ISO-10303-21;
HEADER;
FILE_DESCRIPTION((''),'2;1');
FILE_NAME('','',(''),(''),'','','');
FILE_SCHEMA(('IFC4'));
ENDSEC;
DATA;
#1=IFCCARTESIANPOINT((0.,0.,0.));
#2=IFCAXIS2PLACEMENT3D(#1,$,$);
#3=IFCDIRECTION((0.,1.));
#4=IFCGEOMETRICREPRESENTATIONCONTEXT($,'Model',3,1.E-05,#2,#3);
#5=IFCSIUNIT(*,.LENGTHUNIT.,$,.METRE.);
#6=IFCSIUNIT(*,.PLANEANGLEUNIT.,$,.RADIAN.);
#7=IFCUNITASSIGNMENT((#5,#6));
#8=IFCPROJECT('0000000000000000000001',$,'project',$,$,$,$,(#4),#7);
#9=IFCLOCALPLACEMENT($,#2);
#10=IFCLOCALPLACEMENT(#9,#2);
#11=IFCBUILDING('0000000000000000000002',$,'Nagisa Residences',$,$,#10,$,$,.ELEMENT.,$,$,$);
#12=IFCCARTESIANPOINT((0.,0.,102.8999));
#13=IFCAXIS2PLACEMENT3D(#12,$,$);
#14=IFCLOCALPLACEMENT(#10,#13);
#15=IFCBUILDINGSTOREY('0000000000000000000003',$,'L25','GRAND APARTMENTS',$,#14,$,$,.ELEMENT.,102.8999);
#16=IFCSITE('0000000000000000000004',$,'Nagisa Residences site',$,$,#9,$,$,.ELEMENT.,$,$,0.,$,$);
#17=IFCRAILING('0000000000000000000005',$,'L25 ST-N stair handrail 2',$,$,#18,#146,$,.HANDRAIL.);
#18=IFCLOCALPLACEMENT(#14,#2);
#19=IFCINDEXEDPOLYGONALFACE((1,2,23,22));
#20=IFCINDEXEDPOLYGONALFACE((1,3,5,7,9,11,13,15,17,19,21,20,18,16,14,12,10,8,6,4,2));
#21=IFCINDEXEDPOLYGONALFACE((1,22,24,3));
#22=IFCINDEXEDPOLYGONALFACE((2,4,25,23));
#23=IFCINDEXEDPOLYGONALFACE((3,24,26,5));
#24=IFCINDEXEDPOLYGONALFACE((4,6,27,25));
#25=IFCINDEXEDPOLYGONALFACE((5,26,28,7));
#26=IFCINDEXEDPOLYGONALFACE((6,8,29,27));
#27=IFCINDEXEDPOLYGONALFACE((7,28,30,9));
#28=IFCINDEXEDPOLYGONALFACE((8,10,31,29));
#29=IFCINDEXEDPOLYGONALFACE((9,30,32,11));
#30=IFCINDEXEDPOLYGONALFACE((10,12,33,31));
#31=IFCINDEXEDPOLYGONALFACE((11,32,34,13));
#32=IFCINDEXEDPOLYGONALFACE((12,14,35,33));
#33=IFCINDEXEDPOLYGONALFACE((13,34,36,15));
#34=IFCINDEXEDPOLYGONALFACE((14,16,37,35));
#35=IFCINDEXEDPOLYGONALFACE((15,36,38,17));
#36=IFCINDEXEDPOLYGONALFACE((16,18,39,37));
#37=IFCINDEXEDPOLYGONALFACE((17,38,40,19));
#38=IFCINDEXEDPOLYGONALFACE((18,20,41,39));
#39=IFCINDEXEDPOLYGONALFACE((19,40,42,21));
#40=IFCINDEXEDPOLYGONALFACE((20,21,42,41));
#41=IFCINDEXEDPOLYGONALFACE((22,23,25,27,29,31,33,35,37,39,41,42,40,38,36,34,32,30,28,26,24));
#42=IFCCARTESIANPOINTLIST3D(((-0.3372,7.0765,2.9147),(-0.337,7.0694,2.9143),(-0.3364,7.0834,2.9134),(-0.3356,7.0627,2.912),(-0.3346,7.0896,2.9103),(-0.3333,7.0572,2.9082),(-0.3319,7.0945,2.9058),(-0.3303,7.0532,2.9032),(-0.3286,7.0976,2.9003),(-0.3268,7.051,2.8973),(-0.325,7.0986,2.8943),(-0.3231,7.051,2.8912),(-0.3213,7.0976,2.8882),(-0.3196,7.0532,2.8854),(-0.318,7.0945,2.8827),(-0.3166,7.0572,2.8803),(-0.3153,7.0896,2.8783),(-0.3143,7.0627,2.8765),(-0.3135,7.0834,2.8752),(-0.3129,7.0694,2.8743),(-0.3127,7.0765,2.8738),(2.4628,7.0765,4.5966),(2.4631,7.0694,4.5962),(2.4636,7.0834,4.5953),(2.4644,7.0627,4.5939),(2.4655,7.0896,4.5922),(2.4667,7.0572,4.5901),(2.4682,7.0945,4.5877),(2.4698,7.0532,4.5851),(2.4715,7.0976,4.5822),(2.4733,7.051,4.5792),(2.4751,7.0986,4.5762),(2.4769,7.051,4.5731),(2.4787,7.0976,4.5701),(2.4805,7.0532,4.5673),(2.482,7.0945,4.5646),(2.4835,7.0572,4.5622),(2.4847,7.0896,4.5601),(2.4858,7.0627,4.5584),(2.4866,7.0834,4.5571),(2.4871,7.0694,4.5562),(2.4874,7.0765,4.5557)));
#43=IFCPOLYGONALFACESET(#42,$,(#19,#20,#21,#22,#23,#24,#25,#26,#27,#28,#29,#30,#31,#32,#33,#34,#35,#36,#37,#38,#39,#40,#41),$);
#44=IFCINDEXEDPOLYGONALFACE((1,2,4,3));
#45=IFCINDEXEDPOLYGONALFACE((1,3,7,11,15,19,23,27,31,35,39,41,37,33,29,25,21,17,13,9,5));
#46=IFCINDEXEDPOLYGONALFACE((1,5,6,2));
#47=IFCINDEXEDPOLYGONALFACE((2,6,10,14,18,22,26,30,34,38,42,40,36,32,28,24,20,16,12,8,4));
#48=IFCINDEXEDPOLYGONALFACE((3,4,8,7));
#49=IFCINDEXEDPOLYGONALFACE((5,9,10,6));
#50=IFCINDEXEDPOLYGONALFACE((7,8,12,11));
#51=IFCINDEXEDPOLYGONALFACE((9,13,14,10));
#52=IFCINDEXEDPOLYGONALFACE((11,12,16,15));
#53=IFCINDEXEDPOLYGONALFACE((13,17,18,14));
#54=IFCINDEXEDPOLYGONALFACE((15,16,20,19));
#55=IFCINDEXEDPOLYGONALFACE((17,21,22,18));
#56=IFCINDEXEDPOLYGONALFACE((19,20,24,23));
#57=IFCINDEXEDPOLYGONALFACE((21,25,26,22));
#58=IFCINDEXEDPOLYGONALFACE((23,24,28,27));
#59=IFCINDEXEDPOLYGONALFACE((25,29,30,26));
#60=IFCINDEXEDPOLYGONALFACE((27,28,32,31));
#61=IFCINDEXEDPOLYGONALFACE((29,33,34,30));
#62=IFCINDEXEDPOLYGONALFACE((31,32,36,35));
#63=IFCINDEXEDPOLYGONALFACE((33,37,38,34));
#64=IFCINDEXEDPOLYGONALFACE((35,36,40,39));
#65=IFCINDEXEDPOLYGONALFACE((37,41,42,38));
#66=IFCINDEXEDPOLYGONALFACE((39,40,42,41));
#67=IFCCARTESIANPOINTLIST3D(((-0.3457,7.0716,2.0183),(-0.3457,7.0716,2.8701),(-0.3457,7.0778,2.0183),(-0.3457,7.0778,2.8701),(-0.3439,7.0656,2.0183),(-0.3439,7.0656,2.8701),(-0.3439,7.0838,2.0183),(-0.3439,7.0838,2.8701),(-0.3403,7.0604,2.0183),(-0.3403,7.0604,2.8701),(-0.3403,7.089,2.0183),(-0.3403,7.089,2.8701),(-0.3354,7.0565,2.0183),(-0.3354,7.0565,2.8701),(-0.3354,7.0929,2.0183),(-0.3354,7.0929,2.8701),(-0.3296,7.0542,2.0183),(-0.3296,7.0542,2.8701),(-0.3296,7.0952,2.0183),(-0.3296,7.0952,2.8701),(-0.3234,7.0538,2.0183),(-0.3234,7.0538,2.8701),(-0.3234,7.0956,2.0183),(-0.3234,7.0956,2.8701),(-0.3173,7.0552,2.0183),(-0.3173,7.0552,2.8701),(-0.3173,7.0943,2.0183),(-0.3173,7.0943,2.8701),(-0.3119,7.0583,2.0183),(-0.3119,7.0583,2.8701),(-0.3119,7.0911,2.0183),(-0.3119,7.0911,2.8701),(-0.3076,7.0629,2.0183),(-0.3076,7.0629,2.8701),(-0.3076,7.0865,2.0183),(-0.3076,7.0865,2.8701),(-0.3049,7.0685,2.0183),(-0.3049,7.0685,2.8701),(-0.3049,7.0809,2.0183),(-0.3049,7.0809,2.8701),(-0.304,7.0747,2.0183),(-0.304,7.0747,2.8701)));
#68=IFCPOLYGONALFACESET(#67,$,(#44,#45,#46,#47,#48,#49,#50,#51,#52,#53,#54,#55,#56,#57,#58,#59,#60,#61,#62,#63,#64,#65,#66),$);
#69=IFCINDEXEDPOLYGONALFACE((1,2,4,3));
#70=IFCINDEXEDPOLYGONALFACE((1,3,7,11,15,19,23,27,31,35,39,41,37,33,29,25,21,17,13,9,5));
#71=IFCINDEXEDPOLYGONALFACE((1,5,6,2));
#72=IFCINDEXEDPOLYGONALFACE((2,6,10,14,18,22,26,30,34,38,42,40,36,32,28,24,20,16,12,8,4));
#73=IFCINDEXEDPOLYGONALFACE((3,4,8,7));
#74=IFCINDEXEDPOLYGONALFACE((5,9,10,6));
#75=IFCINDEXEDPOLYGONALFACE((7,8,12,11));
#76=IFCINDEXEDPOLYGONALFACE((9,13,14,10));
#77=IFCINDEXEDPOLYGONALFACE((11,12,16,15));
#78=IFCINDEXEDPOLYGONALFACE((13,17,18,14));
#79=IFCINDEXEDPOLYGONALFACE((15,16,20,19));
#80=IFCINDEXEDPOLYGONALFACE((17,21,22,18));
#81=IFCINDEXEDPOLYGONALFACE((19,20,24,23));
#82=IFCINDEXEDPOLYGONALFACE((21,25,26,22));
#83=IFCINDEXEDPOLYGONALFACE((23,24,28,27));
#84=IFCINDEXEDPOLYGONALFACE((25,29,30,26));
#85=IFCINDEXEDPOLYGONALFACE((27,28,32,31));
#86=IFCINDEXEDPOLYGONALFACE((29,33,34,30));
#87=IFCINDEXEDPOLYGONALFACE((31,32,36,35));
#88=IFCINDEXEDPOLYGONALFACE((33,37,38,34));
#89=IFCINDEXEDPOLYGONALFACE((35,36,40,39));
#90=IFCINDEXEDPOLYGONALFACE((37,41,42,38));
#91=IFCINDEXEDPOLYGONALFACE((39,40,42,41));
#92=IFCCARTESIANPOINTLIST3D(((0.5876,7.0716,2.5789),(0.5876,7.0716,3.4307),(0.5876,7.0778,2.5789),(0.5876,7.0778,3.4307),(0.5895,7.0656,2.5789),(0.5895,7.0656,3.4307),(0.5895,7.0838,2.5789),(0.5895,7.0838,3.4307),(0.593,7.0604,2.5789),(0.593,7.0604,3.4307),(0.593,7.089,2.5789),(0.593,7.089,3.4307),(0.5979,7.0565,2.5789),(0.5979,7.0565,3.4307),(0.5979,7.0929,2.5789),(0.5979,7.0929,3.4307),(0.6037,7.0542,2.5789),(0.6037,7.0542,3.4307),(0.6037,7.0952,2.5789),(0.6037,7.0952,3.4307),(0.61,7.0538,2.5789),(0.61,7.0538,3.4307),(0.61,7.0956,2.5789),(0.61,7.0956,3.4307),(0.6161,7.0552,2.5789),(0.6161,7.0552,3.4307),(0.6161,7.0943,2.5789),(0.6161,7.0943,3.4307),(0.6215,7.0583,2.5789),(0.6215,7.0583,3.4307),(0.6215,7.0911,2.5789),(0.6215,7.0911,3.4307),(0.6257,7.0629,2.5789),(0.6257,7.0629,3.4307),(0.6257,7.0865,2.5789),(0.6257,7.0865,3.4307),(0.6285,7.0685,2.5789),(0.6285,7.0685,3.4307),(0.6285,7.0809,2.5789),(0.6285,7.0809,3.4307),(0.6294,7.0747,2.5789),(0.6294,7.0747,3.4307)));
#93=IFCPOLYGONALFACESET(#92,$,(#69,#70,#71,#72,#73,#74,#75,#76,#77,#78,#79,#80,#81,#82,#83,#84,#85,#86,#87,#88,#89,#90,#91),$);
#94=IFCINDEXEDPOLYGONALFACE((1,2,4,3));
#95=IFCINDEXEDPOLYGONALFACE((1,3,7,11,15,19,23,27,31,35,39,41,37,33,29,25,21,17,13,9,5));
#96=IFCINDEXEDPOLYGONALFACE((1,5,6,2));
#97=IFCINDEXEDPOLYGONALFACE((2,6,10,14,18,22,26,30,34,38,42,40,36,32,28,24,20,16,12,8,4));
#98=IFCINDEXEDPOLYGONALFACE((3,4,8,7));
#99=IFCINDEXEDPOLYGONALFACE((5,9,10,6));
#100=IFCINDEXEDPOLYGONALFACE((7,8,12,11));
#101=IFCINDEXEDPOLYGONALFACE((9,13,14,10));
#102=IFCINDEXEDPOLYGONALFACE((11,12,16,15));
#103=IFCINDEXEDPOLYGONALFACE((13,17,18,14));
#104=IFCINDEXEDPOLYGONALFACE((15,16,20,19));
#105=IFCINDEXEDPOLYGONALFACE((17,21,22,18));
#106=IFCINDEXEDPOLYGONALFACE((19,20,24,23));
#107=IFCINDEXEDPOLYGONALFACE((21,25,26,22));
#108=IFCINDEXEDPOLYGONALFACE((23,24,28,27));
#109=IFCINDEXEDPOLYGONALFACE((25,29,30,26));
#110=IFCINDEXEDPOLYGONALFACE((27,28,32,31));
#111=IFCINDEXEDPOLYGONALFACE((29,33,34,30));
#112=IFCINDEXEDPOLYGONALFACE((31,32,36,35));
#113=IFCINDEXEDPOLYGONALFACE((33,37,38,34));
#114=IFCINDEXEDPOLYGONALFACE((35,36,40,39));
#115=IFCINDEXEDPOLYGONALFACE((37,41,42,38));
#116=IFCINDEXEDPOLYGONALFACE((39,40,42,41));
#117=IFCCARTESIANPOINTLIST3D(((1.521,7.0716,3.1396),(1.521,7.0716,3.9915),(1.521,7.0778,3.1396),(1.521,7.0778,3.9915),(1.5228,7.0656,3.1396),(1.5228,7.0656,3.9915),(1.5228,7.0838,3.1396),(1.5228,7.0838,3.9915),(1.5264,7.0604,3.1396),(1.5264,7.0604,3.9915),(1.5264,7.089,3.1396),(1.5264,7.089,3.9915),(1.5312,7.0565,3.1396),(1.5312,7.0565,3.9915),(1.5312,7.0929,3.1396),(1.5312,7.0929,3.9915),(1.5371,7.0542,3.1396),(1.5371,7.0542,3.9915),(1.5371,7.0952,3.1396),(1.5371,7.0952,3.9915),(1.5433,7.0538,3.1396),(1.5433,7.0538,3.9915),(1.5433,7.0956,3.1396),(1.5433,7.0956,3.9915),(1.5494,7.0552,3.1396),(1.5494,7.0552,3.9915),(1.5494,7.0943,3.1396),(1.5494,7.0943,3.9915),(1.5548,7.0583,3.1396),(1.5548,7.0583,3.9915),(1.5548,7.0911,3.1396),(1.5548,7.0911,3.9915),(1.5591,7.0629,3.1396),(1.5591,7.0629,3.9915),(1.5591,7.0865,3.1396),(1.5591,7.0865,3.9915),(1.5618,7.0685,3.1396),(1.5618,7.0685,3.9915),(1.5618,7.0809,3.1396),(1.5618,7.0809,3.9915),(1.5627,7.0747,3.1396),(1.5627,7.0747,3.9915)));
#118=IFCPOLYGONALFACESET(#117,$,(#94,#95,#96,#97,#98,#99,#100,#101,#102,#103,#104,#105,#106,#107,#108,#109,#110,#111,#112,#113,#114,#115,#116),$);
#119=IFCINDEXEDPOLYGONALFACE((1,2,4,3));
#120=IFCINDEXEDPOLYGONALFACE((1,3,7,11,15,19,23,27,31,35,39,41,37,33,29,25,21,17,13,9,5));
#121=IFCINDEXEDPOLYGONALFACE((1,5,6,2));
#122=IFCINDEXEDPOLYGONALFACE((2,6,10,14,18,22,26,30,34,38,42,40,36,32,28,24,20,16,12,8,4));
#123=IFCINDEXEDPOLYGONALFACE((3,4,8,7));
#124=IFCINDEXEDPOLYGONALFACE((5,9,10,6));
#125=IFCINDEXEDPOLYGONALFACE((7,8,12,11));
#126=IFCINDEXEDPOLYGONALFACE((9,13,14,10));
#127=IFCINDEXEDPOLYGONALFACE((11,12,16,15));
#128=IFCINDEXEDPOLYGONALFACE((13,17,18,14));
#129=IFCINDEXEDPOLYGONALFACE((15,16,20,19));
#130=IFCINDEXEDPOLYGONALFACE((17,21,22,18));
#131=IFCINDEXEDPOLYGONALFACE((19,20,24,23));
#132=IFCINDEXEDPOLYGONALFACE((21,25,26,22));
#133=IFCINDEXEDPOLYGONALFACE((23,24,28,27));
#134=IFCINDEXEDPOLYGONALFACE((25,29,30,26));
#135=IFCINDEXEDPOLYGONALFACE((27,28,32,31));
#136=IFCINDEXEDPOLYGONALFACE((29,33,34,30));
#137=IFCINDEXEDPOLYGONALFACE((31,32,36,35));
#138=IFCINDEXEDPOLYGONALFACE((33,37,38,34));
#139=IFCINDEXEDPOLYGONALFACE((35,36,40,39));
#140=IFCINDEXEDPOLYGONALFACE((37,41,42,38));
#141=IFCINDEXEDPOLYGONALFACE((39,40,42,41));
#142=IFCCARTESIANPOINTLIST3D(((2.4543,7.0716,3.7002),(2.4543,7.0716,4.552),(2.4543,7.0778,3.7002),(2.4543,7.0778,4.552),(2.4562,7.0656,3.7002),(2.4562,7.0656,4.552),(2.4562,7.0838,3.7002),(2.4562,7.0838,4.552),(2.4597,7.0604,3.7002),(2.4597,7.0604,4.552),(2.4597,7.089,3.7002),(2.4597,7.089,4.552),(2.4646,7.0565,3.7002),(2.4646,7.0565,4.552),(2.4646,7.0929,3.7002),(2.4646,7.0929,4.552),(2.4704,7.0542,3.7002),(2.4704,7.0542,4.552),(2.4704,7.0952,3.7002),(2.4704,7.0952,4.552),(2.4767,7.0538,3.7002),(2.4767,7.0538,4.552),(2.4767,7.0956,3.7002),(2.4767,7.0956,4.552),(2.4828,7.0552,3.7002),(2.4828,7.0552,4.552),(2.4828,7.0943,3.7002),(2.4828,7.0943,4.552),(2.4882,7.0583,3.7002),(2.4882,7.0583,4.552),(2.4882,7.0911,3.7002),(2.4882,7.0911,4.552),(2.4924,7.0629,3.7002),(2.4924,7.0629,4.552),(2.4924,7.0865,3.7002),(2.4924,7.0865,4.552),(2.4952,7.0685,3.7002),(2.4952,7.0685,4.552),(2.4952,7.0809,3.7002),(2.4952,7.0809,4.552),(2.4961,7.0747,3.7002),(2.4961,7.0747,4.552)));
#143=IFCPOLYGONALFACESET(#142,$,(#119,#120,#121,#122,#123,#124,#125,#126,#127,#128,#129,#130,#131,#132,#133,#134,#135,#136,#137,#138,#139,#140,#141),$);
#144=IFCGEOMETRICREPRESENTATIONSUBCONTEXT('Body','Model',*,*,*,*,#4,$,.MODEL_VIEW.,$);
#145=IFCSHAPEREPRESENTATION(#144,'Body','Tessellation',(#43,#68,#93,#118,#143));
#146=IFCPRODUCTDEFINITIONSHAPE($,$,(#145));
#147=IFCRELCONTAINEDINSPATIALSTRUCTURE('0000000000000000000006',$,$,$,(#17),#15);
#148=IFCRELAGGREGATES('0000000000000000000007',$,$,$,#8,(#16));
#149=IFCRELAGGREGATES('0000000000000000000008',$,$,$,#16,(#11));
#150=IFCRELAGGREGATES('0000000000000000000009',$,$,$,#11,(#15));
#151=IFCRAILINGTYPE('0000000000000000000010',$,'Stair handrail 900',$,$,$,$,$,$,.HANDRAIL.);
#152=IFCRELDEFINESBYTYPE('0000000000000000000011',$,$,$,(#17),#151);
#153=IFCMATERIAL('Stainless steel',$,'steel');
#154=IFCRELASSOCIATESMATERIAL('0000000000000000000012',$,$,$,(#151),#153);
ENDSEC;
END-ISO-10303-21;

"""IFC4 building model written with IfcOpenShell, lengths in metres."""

from ifc_helpers import new_model, si_unit, direction, frame, origin, origin_2d, place, context, subcontext, project, spatial, circle, extrude, material, type_object, element, save


model = new_model("IFC4")

# Units and contexts
model_context = context("Model", 3, precision=1e-05, world=origin(), true_north=direction((0.0, 1.0)))
body_context = subcontext(model_context, "Body", "Model", "MODEL_VIEW")
ifc_project = project(units=[si_unit("LENGTHUNIT", "METRE"), si_unit("PLANEANGLEUNIT", "RADIAN")], contexts=[model_context])

# Site, building, storey
site_placement = place(None, origin())
site = spatial("IfcSite", under=ifc_project, at=site_placement, Name="Nagisa Residences site", CompositionType="ELEMENT", RefElevation=0.0)
building_placement = place(site_placement, origin())
building = spatial("IfcBuilding", under=site, at=building_placement, Name="Nagisa Residences", CompositionType="ELEMENT")
storey_placement = place(building_placement, frame((0.0, 0.0, 102.8999)))
storey = spatial("IfcBuildingStorey", under=building, at=storey_placement, Name="L25", Description="GRAND APARTMENTS", CompositionType="ELEMENT", Elevation=102.8999)

# Railing
ifc_material_1 = material(Name="Stainless steel", Category="steel")
railing_type_1 = type_object("IfcRailingType", Name="Stair handrail 900", PredefinedType="HANDRAIL", material=ifc_material_1)
railing_1_placement = place(storey_placement, frame((-0.325, 7.0747, 2.0183)))
element("IfcRailing", 1, at=railing_1_placement, inside=storey, type_object=railing_type_1, Name="L25 ST-N stair handrail 2", PredefinedType="HANDRAIL", context=body_context, shape_type="SweptSolid", body=[
    extrude(circle(Radius=0.0239, at=origin_2d()), frame((0.0, 0.0, 0.876), z_axis=(0.857242, 0.0, 0.514913), x_axis=(0.0, 1.0, 0.0)), (0.0, 0.0, 1.0), 3.2664),
    extrude(circle(Radius=0.021, at=origin_2d()), origin(), (0.0, 0.0, 1.0), 0.8518),
    extrude(circle(Radius=0.021, at=origin_2d()), frame((0.9333, 0.0, 0.5605)), (0.0, 0.0, 1.0), 0.8518),
    extrude(circle(Radius=0.021, at=origin_2d()), frame((1.8667, 0.0, 1.1213)), (0.0, 0.0, 1.0), 0.8518),
    extrude(circle(Radius=0.021, at=origin_2d()), frame((2.8, 0.0, 1.6819)), (0.0, 0.0, 1.0), 0.8518),
])

save(model, "model.ifc")
